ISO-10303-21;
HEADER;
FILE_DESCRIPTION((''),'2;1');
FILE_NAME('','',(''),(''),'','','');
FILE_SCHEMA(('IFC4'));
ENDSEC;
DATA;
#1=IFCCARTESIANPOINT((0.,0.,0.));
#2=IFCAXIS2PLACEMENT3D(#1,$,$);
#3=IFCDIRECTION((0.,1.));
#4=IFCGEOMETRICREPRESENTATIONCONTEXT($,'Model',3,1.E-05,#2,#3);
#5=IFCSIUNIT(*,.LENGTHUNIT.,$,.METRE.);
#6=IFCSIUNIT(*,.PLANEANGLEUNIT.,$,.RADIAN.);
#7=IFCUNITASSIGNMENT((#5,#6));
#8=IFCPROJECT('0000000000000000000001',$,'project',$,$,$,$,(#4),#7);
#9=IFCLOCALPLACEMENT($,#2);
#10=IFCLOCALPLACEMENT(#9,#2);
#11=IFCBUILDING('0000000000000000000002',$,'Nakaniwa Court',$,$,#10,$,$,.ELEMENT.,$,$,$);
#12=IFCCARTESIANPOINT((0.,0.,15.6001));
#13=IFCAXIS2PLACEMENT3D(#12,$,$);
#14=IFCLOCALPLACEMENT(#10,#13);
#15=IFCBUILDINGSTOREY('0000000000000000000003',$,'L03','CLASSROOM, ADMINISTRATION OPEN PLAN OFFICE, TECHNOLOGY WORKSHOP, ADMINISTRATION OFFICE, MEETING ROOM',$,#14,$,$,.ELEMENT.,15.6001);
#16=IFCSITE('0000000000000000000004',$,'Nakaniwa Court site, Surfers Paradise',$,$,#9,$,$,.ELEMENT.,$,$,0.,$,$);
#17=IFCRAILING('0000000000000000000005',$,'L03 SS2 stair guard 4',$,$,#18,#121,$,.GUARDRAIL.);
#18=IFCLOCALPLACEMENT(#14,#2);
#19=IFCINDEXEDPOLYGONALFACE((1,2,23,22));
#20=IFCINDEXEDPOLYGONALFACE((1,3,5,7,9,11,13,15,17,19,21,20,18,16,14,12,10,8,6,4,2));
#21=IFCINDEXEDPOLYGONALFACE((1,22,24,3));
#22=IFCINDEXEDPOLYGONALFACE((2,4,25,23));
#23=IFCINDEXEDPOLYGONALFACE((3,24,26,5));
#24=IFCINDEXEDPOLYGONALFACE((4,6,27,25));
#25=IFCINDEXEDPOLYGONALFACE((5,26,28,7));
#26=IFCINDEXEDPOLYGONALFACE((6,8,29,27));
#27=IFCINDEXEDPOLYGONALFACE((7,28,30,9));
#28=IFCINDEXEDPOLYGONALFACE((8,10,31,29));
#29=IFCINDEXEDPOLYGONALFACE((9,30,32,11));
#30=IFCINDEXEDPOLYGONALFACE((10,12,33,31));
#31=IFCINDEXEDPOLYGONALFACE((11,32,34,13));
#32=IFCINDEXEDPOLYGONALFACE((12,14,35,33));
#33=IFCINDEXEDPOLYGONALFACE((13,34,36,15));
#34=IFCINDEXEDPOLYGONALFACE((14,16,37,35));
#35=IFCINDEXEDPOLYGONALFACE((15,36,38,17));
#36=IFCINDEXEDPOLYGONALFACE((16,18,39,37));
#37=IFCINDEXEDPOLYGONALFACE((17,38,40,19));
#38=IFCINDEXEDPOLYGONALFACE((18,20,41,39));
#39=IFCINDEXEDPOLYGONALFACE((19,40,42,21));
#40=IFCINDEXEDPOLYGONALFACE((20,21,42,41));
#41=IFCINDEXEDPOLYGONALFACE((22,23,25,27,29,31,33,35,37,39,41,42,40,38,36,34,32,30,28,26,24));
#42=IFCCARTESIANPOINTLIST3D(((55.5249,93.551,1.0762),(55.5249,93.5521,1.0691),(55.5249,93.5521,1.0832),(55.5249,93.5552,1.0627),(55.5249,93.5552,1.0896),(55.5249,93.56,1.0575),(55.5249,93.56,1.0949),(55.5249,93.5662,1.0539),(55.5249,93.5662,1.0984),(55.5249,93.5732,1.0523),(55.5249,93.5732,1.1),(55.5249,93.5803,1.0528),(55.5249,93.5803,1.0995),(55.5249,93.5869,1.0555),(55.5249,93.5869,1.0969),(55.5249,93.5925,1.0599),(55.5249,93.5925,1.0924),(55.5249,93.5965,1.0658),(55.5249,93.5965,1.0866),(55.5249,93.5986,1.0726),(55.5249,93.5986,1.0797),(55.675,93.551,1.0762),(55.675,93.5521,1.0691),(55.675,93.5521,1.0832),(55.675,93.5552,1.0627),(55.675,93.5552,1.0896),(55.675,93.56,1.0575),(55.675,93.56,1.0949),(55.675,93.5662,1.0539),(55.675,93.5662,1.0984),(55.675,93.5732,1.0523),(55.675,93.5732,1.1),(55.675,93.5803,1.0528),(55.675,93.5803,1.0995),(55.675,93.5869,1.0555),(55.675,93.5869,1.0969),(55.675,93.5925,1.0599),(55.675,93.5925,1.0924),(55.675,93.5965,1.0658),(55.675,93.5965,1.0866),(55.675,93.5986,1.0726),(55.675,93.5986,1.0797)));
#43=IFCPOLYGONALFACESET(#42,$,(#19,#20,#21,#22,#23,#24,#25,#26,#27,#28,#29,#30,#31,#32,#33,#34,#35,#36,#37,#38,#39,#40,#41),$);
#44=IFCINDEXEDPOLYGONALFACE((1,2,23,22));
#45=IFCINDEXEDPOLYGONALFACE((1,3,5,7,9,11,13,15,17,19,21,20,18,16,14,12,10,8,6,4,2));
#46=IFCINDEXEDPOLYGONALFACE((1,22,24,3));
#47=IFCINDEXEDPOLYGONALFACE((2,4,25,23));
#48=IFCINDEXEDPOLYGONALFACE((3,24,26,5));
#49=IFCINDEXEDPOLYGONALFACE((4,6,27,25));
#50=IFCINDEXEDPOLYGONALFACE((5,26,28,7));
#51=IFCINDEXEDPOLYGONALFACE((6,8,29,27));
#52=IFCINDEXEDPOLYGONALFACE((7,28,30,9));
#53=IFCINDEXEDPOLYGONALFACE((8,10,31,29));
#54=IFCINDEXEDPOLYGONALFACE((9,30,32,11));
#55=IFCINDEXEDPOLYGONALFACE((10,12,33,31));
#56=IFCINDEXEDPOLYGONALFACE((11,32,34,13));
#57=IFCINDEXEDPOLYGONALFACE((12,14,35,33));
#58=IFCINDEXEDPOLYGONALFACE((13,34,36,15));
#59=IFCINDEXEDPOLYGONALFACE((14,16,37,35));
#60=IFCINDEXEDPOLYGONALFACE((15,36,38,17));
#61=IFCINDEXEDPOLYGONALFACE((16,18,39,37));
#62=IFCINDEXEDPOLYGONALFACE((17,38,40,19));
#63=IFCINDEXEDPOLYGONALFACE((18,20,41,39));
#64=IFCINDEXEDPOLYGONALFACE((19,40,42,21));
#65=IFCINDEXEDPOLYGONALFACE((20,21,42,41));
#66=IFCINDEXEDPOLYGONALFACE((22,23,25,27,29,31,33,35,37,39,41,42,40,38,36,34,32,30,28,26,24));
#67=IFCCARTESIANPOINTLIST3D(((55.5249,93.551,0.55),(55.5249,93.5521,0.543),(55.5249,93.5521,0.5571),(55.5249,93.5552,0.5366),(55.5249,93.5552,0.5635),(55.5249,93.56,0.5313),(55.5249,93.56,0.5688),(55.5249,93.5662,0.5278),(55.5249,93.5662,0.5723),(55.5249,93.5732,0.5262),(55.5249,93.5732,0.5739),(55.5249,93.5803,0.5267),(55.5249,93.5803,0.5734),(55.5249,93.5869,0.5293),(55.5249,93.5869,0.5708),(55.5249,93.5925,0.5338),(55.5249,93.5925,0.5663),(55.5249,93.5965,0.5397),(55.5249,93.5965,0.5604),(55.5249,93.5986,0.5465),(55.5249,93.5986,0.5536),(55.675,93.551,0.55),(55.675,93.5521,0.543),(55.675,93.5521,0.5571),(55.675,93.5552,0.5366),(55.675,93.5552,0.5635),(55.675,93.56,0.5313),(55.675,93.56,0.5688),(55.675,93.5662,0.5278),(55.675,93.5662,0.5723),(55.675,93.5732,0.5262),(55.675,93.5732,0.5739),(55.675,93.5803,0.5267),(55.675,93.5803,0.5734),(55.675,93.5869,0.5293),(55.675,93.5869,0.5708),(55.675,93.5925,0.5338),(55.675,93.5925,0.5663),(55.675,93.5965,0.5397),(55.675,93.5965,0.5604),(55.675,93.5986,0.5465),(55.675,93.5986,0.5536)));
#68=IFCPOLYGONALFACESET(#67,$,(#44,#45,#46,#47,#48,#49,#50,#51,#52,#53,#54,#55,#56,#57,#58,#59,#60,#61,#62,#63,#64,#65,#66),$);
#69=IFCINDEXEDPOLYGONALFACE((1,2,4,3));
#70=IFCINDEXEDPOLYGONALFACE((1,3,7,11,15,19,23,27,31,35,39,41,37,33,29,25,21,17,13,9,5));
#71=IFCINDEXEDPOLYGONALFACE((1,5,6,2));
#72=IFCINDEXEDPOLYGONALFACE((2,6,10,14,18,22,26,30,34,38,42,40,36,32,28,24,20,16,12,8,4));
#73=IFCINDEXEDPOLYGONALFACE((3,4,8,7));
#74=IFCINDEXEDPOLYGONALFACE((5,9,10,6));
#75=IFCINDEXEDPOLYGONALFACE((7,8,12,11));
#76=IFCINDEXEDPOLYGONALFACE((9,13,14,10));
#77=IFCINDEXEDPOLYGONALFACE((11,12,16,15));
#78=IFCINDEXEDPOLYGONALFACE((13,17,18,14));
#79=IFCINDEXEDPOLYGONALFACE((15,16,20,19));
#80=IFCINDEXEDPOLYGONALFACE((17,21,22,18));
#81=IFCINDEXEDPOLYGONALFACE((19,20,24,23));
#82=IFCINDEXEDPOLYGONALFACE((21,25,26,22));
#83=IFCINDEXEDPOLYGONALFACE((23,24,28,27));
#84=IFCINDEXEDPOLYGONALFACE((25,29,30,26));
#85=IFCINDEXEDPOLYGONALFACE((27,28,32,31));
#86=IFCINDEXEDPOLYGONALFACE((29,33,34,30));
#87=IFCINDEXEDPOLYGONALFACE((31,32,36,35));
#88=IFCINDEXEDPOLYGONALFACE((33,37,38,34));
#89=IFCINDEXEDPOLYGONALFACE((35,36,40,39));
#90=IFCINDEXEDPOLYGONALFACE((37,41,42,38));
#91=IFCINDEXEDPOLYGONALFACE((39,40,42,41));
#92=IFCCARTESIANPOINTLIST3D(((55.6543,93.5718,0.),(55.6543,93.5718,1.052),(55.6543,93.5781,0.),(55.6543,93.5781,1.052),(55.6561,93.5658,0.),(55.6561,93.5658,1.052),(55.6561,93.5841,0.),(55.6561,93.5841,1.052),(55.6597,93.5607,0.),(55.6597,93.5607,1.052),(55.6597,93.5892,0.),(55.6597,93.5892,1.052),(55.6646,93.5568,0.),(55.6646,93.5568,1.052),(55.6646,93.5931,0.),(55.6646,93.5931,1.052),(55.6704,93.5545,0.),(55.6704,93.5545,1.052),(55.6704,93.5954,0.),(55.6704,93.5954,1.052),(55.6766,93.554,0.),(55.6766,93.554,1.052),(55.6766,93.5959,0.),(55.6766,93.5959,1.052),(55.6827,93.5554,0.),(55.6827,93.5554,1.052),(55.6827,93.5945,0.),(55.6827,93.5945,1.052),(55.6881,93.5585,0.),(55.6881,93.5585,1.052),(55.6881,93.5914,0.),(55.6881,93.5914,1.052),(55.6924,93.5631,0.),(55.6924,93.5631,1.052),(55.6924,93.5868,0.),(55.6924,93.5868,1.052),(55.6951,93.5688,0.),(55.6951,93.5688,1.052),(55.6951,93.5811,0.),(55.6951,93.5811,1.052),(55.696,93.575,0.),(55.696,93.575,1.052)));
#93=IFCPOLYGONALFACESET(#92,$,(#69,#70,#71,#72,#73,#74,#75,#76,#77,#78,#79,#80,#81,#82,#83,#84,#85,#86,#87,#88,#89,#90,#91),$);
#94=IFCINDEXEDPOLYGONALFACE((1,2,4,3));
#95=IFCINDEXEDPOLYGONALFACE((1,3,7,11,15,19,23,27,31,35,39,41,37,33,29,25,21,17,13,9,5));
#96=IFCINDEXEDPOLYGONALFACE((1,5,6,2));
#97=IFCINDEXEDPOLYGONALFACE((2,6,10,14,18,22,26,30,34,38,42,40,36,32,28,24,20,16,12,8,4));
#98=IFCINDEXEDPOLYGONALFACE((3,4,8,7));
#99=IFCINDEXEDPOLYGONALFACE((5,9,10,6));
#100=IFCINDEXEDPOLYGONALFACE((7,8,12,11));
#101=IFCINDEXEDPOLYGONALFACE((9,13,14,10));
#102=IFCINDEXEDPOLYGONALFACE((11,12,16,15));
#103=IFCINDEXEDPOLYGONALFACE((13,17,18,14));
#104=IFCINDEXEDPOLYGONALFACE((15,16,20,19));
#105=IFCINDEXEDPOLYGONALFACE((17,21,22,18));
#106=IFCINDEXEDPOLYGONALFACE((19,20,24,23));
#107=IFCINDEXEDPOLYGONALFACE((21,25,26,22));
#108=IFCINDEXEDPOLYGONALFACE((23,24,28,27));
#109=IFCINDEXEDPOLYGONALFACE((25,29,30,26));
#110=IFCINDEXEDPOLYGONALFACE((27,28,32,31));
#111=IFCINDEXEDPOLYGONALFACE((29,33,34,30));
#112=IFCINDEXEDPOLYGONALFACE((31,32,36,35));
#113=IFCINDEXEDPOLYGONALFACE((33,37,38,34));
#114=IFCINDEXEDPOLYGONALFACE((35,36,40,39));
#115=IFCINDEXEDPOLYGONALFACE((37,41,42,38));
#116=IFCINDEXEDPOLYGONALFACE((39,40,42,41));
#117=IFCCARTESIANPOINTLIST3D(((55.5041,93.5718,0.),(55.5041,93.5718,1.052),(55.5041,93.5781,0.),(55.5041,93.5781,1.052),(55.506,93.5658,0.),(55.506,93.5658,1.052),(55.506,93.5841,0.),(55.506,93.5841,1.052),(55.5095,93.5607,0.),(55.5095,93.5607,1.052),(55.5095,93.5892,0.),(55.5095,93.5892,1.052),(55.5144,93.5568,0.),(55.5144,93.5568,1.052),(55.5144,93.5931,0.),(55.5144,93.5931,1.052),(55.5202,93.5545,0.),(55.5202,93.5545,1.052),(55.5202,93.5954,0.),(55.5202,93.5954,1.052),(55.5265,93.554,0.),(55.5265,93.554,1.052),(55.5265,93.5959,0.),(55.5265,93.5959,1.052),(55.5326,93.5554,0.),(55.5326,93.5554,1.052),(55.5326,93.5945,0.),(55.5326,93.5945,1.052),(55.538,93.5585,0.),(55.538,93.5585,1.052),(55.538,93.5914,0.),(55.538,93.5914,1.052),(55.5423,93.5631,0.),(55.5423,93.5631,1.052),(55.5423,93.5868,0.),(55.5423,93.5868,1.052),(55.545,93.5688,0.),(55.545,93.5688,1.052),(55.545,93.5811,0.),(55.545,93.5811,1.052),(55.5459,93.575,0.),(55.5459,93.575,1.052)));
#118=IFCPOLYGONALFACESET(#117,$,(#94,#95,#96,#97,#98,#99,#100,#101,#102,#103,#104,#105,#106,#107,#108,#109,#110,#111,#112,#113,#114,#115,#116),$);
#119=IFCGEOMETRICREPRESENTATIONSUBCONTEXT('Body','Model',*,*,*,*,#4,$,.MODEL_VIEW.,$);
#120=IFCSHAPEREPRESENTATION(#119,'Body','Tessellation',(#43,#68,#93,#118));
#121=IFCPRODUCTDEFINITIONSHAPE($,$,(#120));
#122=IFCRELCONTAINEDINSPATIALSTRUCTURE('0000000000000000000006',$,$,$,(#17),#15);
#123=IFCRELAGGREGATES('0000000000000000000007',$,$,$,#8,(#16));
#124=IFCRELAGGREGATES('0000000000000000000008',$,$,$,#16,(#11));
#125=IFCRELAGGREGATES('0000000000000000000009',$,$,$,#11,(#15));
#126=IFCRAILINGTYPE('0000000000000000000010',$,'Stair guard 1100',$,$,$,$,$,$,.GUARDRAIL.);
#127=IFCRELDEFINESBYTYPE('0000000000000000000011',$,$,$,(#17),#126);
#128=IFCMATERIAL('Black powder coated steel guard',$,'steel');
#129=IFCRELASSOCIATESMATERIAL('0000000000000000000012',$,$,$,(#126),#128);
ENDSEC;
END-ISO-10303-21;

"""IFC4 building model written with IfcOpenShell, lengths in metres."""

from ifc_helpers import new_model, si_unit, direction, frame, origin, origin_2d, place, context, subcontext, project, spatial, circle, extrude, material, type_object, element, save


model = new_model("IFC4")

# Units and contexts
model_context = context("Model", 3, precision=1e-05, world=origin(), true_north=direction((0.0, 1.0)))
body_context = subcontext(model_context, "Body", "Model", "MODEL_VIEW")
ifc_project = project(units=[si_unit("LENGTHUNIT", "METRE"), si_unit("PLANEANGLEUNIT", "RADIAN")], contexts=[model_context])

# Site, building, storey
site_placement = place(None, origin())
site = spatial("IfcSite", under=ifc_project, at=site_placement, Name="Nakaniwa Court site, Surfers Paradise", CompositionType="ELEMENT", RefElevation=0.0)
building_placement = place(site_placement, origin())
building = spatial("IfcBuilding", under=site, at=building_placement, Name="Nakaniwa Court", CompositionType="ELEMENT")
storey_placement = place(building_placement, frame((0.0, 0.0, 15.6001)))
storey = spatial("IfcBuildingStorey", under=building, at=storey_placement, Name="L03", Description="CLASSROOM, ADMINISTRATION OPEN PLAN OFFICE, TECHNOLOGY WORKSHOP, ADMINISTRATION OFFICE, MEETING ROOM", CompositionType="ELEMENT", Elevation=15.6001)

# Railing
ifc_material_1 = material(Name="Black powder coated steel guard", Category="steel")
railing_type_1 = type_object("IfcRailingType", Name="Stair guard 1100", PredefinedType="GUARDRAIL", material=ifc_material_1)
railing_1_placement = place(storey_placement, frame((55.675, 93.575, 0.0)))
element("IfcRailing", 1, at=railing_1_placement, inside=storey, type_object=railing_type_1, Name="L03 SS2 stair guard 4", PredefinedType="GUARDRAIL", context=body_context, shape_type="SweptSolid", body=[
    extrude(circle(Radius=0.0239, at=origin_2d()), frame((0.0, 0.0, 1.0762), z_axis=(-1.0, 0.0, 0.0), x_axis=(0.0, -1.0, 0.0)), (0.0, 0.0, 1.0), 0.1501),
    extrude(circle(Radius=0.0239, at=origin_2d()), frame((0.0, 0.0, 0.55), z_axis=(-1.0, 0.0, 0.0), x_axis=(0.0, -1.0, 0.0)), (0.0, 0.0, 1.0), 0.1501),
    extrude(circle(Radius=0.021, at=origin_2d()), origin(), (0.0, 0.0, 1.0), 1.052),
    extrude(circle(Radius=0.021, at=origin_2d()), frame((-0.1501, 0.0, 0.0)), (0.0, 0.0, 1.0), 1.052),
])

save(model, "model.ifc")
